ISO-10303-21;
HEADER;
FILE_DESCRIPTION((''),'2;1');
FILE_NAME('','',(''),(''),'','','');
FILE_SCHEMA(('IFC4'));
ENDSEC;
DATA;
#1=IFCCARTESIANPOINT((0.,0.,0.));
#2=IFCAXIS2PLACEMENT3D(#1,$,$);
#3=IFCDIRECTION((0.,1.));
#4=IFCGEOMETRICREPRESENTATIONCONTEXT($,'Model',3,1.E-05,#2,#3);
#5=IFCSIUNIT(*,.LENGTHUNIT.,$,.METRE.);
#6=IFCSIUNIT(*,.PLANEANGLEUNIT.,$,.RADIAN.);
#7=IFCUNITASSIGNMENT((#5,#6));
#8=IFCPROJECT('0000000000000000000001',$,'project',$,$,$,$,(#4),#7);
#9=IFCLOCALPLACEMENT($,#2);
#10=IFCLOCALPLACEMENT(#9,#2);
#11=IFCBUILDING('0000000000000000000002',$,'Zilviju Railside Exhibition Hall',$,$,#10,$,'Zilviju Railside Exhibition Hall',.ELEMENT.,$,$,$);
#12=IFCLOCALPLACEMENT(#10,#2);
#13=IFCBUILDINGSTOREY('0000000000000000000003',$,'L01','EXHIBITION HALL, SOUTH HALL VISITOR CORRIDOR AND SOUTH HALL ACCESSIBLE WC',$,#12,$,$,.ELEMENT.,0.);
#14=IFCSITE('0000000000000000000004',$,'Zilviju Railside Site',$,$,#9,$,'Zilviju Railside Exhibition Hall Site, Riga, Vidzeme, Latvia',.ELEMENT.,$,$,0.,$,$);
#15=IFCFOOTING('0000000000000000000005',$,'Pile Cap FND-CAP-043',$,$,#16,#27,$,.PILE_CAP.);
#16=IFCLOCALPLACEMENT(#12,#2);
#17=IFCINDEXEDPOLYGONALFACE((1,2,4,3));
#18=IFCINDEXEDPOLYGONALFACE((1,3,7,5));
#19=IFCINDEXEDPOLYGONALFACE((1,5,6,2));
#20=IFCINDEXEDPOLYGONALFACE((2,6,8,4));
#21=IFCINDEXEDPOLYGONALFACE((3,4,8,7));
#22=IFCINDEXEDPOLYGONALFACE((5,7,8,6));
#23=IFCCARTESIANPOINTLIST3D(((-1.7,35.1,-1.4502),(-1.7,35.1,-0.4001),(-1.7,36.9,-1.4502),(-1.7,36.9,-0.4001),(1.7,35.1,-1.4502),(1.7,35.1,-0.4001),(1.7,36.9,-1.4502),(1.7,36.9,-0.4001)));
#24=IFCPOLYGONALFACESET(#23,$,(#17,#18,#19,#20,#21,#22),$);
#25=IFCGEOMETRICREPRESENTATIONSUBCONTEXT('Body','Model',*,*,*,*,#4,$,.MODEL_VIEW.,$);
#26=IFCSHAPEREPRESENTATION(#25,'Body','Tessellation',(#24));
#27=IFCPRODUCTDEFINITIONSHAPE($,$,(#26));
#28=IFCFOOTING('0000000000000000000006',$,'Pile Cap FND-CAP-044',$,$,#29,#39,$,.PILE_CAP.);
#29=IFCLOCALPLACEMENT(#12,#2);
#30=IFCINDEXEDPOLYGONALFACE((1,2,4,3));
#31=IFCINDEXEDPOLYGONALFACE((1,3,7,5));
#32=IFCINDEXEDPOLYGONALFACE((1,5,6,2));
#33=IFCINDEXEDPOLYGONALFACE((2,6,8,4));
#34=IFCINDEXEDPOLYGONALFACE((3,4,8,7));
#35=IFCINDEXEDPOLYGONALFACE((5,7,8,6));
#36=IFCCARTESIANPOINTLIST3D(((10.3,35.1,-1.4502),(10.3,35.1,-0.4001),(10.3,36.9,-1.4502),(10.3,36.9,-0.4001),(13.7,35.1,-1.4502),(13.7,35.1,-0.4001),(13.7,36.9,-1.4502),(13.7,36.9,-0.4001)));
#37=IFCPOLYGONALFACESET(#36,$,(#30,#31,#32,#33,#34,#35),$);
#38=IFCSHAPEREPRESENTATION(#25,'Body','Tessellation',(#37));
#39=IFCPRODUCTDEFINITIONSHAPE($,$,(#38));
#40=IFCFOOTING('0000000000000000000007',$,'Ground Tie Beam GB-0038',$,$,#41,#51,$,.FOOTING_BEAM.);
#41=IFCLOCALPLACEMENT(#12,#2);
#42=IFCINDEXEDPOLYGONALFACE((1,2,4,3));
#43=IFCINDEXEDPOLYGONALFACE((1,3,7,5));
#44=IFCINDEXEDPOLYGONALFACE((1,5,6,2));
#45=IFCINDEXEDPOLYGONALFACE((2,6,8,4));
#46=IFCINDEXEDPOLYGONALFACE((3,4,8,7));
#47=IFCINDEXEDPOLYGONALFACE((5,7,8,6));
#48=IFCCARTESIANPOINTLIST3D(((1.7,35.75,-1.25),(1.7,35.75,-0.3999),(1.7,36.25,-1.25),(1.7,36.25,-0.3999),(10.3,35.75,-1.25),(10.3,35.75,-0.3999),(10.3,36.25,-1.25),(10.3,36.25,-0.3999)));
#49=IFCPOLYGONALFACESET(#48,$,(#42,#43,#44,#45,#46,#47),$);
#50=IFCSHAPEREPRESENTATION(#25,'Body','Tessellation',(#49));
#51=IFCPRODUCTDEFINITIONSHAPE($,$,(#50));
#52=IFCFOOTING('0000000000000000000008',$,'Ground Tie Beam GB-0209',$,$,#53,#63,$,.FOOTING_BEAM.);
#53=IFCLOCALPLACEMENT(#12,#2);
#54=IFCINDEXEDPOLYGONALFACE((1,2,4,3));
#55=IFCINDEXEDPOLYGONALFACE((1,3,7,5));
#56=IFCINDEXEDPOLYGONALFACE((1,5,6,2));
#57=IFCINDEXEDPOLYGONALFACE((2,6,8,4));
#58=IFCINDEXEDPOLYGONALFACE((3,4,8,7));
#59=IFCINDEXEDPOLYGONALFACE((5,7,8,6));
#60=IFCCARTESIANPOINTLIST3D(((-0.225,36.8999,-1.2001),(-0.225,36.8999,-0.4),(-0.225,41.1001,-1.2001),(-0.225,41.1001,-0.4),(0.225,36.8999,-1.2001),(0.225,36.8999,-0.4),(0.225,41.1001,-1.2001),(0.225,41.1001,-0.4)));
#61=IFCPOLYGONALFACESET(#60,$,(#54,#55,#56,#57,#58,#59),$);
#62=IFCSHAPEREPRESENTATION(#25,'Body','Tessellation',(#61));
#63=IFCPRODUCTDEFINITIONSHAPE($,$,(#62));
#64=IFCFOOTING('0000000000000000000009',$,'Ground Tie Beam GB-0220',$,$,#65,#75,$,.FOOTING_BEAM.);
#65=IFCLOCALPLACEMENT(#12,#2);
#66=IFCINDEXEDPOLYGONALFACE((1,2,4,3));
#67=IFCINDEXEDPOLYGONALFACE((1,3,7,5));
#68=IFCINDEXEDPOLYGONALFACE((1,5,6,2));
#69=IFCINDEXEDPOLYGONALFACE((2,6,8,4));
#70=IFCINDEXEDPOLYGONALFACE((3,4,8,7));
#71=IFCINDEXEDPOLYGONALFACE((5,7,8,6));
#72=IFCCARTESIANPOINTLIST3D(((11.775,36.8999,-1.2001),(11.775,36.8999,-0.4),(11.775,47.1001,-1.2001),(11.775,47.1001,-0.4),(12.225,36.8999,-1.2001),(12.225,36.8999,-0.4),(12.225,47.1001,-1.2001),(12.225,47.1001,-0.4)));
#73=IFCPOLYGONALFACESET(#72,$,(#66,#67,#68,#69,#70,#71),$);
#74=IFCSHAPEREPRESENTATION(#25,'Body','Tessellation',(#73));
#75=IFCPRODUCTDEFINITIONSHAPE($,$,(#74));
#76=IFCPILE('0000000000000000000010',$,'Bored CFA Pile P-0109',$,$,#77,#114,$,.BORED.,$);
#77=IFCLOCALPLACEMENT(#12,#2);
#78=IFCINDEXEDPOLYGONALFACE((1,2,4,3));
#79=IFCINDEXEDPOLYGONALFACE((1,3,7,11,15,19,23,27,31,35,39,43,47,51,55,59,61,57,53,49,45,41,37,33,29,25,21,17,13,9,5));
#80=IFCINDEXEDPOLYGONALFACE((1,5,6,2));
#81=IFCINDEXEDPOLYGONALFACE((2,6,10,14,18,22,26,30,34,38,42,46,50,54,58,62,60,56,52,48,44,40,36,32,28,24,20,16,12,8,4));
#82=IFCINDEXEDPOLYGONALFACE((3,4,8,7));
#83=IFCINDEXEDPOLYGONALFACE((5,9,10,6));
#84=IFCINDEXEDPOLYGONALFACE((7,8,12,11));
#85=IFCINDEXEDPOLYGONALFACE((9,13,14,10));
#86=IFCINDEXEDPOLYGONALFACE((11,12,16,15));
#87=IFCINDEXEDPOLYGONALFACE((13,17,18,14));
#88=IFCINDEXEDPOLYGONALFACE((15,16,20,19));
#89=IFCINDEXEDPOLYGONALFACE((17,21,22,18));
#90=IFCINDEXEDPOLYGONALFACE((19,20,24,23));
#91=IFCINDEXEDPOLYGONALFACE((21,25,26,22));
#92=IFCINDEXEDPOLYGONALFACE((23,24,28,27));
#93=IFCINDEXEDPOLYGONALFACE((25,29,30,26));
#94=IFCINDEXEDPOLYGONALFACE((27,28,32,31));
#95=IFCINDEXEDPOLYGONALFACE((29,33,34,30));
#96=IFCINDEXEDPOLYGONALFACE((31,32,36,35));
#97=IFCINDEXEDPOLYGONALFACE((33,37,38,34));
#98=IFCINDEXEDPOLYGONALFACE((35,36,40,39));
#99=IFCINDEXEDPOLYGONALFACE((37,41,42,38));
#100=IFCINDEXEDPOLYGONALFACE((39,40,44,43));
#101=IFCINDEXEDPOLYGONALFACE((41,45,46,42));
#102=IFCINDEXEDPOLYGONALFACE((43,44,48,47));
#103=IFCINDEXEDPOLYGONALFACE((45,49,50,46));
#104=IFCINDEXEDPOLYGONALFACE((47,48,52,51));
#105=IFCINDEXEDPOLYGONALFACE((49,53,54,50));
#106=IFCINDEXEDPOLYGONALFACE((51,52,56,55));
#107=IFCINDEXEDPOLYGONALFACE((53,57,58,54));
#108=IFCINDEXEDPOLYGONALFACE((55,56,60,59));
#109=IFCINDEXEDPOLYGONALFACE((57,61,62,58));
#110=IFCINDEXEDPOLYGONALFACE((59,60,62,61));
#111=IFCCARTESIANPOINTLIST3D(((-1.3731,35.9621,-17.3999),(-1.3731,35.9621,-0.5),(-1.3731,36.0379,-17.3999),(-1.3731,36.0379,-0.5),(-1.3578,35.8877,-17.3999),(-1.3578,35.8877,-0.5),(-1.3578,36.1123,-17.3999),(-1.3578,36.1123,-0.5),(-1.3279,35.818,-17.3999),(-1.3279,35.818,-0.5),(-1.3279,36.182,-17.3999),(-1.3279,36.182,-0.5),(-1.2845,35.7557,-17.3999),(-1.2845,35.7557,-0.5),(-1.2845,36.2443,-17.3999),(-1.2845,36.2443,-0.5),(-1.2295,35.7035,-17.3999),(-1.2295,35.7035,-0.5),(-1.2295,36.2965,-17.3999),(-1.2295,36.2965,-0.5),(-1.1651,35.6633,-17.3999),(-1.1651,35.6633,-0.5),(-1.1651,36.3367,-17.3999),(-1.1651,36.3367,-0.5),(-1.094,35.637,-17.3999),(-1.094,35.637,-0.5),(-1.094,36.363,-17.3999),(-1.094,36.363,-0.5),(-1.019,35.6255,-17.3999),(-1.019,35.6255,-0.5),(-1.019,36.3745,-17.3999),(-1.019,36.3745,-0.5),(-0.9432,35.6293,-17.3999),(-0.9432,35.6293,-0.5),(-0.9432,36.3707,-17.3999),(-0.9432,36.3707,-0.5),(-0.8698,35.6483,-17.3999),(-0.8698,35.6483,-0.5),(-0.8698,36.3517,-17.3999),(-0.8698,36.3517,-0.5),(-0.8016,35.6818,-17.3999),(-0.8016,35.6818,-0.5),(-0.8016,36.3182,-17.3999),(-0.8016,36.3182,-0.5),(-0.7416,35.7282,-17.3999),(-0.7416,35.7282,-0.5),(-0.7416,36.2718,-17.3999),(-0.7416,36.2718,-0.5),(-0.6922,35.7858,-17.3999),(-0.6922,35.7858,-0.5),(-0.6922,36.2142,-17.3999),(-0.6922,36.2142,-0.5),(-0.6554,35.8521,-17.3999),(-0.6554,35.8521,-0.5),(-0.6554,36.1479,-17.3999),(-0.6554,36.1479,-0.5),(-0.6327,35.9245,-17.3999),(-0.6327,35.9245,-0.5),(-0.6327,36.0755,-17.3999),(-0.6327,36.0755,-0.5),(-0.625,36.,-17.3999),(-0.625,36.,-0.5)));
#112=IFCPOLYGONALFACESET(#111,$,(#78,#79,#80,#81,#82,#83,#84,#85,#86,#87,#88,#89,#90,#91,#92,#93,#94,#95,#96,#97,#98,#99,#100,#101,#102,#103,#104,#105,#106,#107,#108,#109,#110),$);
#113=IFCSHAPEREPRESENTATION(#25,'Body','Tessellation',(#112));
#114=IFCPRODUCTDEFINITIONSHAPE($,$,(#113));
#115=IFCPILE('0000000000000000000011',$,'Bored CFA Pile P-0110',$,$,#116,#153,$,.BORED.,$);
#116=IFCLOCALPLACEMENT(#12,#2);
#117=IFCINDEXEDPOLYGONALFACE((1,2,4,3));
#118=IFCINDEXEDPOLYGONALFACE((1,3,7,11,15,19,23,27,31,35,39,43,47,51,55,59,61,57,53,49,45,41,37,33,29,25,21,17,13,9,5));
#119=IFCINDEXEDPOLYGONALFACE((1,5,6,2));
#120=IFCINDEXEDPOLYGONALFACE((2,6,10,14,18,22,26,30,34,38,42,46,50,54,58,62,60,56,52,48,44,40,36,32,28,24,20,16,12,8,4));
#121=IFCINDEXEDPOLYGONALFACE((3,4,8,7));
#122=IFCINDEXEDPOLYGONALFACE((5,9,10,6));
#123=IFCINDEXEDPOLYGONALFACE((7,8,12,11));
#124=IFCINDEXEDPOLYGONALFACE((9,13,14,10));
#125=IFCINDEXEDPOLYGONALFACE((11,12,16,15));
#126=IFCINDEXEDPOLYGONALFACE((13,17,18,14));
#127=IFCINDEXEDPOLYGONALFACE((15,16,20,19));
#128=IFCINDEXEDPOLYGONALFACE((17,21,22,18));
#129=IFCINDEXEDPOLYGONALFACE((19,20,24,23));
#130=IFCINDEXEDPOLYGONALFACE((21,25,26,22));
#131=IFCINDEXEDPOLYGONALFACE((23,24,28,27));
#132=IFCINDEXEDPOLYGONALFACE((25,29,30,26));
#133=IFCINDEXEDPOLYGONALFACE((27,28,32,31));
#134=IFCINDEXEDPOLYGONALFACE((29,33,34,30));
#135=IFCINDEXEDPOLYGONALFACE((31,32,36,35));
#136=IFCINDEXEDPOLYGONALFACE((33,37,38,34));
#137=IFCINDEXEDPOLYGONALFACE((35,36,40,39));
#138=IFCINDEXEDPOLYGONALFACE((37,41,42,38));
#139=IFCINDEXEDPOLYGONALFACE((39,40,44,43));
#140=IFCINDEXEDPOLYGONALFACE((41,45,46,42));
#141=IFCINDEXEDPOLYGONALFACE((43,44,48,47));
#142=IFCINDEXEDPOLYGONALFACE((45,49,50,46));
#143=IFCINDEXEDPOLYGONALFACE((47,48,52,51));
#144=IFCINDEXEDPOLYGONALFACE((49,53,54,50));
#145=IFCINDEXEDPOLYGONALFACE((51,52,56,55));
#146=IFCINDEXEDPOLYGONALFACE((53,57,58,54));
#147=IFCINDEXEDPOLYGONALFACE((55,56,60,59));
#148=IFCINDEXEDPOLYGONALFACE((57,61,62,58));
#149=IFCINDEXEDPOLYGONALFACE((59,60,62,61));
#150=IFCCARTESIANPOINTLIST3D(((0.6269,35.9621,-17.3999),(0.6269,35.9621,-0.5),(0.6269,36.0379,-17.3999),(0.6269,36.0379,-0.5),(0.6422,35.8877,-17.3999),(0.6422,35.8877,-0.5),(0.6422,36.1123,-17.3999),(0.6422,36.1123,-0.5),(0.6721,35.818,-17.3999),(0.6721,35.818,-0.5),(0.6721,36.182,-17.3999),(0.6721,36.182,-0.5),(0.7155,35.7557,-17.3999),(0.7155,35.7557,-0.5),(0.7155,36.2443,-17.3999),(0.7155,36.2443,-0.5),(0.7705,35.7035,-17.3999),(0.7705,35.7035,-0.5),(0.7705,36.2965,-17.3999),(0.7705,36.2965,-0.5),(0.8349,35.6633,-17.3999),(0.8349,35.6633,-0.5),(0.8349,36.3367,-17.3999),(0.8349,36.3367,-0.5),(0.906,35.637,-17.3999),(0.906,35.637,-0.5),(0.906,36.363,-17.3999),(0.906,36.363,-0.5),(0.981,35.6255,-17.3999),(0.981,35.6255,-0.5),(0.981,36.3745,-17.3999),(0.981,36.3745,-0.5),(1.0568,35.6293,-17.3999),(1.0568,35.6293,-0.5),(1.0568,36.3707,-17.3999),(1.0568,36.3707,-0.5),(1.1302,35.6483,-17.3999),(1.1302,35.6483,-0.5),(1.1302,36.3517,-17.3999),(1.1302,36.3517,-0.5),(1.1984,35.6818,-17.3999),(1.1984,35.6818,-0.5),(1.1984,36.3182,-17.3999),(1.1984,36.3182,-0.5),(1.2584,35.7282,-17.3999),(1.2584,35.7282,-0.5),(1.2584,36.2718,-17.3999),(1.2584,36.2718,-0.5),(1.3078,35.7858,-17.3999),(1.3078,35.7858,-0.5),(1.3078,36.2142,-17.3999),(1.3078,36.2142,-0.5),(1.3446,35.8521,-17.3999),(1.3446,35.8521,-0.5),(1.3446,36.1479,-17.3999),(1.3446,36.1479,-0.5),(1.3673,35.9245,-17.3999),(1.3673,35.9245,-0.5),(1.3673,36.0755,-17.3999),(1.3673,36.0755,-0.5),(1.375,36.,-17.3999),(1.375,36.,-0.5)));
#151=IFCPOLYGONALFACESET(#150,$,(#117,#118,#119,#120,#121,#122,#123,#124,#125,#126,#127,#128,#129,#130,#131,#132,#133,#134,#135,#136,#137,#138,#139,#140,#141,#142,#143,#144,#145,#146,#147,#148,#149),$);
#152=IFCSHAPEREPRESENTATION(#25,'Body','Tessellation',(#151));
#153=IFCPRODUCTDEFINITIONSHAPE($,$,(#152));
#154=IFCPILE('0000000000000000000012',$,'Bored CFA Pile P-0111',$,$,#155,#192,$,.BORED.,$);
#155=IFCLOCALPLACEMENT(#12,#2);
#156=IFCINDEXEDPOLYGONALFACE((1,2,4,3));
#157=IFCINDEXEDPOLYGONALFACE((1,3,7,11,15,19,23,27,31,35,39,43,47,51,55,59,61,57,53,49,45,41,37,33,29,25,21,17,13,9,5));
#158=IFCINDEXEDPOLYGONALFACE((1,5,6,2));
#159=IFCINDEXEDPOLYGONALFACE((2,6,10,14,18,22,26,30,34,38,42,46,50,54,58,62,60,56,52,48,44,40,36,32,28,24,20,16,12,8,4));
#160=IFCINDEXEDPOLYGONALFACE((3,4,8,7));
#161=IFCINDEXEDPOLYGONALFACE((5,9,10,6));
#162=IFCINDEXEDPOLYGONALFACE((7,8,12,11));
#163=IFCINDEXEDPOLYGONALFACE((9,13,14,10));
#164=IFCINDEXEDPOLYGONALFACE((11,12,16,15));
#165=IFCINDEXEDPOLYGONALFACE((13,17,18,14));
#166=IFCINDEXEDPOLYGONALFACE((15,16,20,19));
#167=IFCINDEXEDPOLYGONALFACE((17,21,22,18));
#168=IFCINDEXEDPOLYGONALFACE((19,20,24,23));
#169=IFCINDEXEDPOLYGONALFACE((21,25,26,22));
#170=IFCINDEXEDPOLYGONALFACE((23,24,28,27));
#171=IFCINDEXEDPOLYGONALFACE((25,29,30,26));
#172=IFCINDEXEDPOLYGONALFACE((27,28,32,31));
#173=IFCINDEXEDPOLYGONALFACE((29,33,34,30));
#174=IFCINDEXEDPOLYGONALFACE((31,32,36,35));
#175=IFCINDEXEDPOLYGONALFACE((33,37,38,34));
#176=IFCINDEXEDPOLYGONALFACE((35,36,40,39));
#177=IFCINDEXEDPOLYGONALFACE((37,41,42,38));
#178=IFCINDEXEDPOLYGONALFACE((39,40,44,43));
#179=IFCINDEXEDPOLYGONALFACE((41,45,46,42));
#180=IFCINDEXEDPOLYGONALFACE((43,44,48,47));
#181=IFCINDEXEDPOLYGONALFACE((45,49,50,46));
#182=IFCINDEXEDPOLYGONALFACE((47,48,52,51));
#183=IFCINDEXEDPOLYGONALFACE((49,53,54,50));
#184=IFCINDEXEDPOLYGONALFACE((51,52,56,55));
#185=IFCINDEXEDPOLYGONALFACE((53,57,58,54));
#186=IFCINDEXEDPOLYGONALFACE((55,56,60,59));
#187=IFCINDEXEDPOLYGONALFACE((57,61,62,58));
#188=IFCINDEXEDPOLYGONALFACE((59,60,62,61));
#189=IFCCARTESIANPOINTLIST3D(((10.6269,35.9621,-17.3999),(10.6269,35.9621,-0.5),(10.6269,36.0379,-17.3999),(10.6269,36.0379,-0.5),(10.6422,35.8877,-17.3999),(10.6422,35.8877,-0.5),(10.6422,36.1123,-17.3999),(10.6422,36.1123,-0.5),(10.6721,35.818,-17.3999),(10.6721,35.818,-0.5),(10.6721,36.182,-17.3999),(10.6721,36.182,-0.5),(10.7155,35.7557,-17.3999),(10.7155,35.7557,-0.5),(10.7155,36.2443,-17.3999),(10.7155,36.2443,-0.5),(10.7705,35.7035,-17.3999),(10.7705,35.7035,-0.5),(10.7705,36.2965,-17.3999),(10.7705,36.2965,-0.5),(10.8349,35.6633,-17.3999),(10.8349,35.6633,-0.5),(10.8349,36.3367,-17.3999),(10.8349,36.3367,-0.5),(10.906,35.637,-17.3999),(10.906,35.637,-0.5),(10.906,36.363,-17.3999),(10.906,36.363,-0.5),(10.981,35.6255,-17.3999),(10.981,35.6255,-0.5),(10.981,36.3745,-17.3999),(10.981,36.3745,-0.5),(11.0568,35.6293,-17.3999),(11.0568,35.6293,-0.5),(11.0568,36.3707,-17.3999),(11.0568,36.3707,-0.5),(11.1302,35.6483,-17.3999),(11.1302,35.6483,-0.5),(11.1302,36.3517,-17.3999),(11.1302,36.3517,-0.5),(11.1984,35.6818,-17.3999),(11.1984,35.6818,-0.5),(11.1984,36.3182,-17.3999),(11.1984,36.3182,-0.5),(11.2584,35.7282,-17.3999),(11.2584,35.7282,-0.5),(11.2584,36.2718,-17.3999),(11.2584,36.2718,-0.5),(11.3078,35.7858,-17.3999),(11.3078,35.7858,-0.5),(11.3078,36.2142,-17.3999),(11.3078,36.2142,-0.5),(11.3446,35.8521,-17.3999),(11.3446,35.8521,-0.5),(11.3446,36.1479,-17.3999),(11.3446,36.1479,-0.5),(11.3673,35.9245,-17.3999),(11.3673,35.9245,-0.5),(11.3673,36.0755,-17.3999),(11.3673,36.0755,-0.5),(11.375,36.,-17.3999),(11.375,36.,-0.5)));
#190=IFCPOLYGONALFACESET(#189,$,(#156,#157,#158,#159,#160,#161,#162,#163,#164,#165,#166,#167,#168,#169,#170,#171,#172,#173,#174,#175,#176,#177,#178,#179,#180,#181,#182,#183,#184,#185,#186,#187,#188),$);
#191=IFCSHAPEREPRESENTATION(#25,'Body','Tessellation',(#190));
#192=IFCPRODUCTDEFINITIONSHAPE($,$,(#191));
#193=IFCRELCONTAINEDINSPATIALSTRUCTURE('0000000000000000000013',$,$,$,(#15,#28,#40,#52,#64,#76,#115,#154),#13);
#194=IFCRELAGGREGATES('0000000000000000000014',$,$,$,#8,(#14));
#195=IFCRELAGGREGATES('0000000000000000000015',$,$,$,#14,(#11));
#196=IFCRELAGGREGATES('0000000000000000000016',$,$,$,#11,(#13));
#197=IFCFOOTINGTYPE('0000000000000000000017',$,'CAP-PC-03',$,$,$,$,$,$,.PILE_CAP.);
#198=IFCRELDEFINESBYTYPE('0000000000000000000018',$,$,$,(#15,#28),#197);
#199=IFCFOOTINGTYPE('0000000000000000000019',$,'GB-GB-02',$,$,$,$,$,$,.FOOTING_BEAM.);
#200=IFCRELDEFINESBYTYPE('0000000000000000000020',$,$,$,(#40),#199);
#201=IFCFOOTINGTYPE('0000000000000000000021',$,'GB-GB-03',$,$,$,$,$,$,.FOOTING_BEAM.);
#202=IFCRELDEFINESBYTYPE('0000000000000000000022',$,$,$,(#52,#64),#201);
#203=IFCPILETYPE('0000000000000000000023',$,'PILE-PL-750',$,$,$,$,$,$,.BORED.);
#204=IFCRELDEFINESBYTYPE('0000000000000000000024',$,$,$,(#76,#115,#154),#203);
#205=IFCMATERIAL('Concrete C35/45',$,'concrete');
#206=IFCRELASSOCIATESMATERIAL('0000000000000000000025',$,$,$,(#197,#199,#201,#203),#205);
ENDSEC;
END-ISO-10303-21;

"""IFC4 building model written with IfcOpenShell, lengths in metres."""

from ifc_helpers import new_model, si_unit, direction, frame, origin, origin_2d, place, context, subcontext, project, spatial, rectangle, circle, extrude, material, material_profile, profile_set, type_object, element, save


model = new_model("IFC4")

# Units and contexts
model_context = context("Model", 3, precision=1e-05, world=origin(), true_north=direction((0.0, 1.0)))
body_context = subcontext(model_context, "Body", "Model", "MODEL_VIEW")
ifc_project = project(units=[si_unit("LENGTHUNIT", "METRE"), si_unit("PLANEANGLEUNIT", "RADIAN")], contexts=[model_context])

# Site, building, storey
site_placement = place(None, origin())
site = spatial("IfcSite", under=ifc_project, at=site_placement, Name="Zilviju Railside Site", LongName="Zilviju Railside Exhibition Hall Site, Riga, Vidzeme, Latvia", CompositionType="ELEMENT", RefElevation=0.0)
building_placement = place(site_placement, origin())
building = spatial("IfcBuilding", under=site, at=building_placement, Name="Zilviju Railside Exhibition Hall", LongName="Zilviju Railside Exhibition Hall", CompositionType="ELEMENT")
storey_placement = place(building_placement, origin())
storey = spatial("IfcBuildingStorey", under=building, at=storey_placement, Name="L01", Description="EXHIBITION HALL, SOUTH HALL VISITOR CORRIDOR AND SOUTH HALL ACCESSIBLE WC", CompositionType="ELEMENT", Elevation=0.0)

# Footings
ifc_material_1 = material(Name="Concrete C35/45", Category="concrete")
footing_type_1 = type_object("IfcFootingType", Name="CAP-PC-03", PredefinedType="PILE_CAP", material=ifc_material_1)
for number, where, z_axis, x_axis, name in (
    (1, (0.0, 36.0, -1.4502), (0.0, 0.0, 1.0), (1.0, 0.0, 0.0), "Pile Cap FND-CAP-043"),
    (2, (12.0, 36.0, -1.4502), (0.0, 0.0, 1.0), (1.0, 0.0, 0.0), "Pile Cap FND-CAP-044"),
):
    element("IfcFooting", number, at=place(storey_placement, frame(where, z_axis=z_axis, x_axis=x_axis)), inside=storey, type_object=footing_type_1, Name=name, PredefinedType="PILE_CAP", context=body_context, shape_type="SweptSolid", body=[
        extrude(rectangle(XDim=3.3999, YDim=1.8, at=origin_2d()), origin(), (0.0, 0.0, 1.0), 1.05),
    ])
ifc_material_profile_1 = material_profile(ifc_material_1, rectangle(XDim=0.5, YDim=0.8501, at=origin_2d()), Name="TIE BEAM 500x850")
ifc_profile_set_1 = profile_set([ifc_material_profile_1], Name="Concrete C35/45")
footing_type_2 = type_object("IfcFootingType", Name="GB-GB-02", PredefinedType="FOOTING_BEAM", material=ifc_profile_set_1)
footing_1_placement = place(storey_placement, frame((1.7, 36.0, -0.825), z_axis=(1.0, 0.0, 0.0), x_axis=(0.0, 1.0, 0.0)))
element("IfcFooting", 3, at=footing_1_placement, inside=storey, type_object=footing_type_2, Name="Ground Tie Beam GB-0038", PredefinedType="FOOTING_BEAM", context=body_context, shape_type="SweptSolid", body=[
    extrude(rectangle(XDim=0.5, YDim=0.8501, at=origin_2d()), origin(), (0.0, 0.0, 1.0), 8.6001),
])
ifc_material_profile_2 = material_profile(ifc_material_1, rectangle(XDim=0.45, YDim=0.8, at=origin_2d()), Name="TIE BEAM 450x800")
ifc_profile_set_2 = profile_set([ifc_material_profile_2], Name="Concrete C35/45")
footing_type_3 = type_object("IfcFootingType", Name="GB-GB-03", PredefinedType="FOOTING_BEAM", material=ifc_profile_set_2)
footing_2_placement = place(storey_placement, frame((0.0, 36.8999, -0.8), z_axis=(0.0, 1.0, 0.0), x_axis=(-1.0, 0.0, 0.0)))
element("IfcFooting", 4, at=footing_2_placement, inside=storey, type_object=footing_type_3, Name="Ground Tie Beam GB-0209", PredefinedType="FOOTING_BEAM", context=body_context, shape_type="SweptSolid", body=[
    extrude(rectangle(XDim=0.45, YDim=0.8, at=origin_2d()), origin(), (0.0, 0.0, 1.0), 4.2002),
])
footing_3_placement = place(storey_placement, frame((12.0, 36.8999, -0.8), z_axis=(0.0, 1.0, 0.0), x_axis=(-1.0, 0.0, 0.0)))
element("IfcFooting", 5, at=footing_3_placement, inside=storey, type_object=footing_type_3, Name="Ground Tie Beam GB-0220", PredefinedType="FOOTING_BEAM", context=body_context, shape_type="SweptSolid", body=[
    extrude(rectangle(XDim=0.45, YDim=0.8, at=origin_2d()), origin(), (0.0, 0.0, 1.0), 10.2002),
])

# Piles
ifc_material_profile_3 = material_profile(ifc_material_1, circle(Radius=0.375, at=origin_2d()), Name="CFA PILE D750")
ifc_profile_set_3 = profile_set([ifc_material_profile_3], Name="Concrete C35/45")
pile_type = type_object("IfcPileType", Name="PILE-PL-750", PredefinedType="BORED", material=ifc_profile_set_3)
for number, where, z_axis, x_axis, name in (
    (6, (-1.0, 36.0, -0.5), (0.0, 0.0, -1.0), (1.0, 0.0, 0.0), "Bored CFA Pile P-0109"),
    (7, (1.0, 36.0, -0.5), (0.0, 0.0, -1.0), (1.0, 0.0, 0.0), "Bored CFA Pile P-0110"),
    (8, (11.0, 36.0, -0.5), (0.0, 0.0, -1.0), (1.0, 0.0, 0.0), "Bored CFA Pile P-0111"),
):
    element("IfcPile", number, at=place(storey_placement, frame(where, z_axis=z_axis, x_axis=x_axis)), inside=storey, type_object=pile_type, Name=name, PredefinedType="BORED", context=body_context, shape_type="SweptSolid", body=[
        extrude(circle(Radius=0.375, at=origin_2d()), origin(), (0.0, 0.0, 1.0), 16.8999),
    ])

save(model, "model.ifc")
